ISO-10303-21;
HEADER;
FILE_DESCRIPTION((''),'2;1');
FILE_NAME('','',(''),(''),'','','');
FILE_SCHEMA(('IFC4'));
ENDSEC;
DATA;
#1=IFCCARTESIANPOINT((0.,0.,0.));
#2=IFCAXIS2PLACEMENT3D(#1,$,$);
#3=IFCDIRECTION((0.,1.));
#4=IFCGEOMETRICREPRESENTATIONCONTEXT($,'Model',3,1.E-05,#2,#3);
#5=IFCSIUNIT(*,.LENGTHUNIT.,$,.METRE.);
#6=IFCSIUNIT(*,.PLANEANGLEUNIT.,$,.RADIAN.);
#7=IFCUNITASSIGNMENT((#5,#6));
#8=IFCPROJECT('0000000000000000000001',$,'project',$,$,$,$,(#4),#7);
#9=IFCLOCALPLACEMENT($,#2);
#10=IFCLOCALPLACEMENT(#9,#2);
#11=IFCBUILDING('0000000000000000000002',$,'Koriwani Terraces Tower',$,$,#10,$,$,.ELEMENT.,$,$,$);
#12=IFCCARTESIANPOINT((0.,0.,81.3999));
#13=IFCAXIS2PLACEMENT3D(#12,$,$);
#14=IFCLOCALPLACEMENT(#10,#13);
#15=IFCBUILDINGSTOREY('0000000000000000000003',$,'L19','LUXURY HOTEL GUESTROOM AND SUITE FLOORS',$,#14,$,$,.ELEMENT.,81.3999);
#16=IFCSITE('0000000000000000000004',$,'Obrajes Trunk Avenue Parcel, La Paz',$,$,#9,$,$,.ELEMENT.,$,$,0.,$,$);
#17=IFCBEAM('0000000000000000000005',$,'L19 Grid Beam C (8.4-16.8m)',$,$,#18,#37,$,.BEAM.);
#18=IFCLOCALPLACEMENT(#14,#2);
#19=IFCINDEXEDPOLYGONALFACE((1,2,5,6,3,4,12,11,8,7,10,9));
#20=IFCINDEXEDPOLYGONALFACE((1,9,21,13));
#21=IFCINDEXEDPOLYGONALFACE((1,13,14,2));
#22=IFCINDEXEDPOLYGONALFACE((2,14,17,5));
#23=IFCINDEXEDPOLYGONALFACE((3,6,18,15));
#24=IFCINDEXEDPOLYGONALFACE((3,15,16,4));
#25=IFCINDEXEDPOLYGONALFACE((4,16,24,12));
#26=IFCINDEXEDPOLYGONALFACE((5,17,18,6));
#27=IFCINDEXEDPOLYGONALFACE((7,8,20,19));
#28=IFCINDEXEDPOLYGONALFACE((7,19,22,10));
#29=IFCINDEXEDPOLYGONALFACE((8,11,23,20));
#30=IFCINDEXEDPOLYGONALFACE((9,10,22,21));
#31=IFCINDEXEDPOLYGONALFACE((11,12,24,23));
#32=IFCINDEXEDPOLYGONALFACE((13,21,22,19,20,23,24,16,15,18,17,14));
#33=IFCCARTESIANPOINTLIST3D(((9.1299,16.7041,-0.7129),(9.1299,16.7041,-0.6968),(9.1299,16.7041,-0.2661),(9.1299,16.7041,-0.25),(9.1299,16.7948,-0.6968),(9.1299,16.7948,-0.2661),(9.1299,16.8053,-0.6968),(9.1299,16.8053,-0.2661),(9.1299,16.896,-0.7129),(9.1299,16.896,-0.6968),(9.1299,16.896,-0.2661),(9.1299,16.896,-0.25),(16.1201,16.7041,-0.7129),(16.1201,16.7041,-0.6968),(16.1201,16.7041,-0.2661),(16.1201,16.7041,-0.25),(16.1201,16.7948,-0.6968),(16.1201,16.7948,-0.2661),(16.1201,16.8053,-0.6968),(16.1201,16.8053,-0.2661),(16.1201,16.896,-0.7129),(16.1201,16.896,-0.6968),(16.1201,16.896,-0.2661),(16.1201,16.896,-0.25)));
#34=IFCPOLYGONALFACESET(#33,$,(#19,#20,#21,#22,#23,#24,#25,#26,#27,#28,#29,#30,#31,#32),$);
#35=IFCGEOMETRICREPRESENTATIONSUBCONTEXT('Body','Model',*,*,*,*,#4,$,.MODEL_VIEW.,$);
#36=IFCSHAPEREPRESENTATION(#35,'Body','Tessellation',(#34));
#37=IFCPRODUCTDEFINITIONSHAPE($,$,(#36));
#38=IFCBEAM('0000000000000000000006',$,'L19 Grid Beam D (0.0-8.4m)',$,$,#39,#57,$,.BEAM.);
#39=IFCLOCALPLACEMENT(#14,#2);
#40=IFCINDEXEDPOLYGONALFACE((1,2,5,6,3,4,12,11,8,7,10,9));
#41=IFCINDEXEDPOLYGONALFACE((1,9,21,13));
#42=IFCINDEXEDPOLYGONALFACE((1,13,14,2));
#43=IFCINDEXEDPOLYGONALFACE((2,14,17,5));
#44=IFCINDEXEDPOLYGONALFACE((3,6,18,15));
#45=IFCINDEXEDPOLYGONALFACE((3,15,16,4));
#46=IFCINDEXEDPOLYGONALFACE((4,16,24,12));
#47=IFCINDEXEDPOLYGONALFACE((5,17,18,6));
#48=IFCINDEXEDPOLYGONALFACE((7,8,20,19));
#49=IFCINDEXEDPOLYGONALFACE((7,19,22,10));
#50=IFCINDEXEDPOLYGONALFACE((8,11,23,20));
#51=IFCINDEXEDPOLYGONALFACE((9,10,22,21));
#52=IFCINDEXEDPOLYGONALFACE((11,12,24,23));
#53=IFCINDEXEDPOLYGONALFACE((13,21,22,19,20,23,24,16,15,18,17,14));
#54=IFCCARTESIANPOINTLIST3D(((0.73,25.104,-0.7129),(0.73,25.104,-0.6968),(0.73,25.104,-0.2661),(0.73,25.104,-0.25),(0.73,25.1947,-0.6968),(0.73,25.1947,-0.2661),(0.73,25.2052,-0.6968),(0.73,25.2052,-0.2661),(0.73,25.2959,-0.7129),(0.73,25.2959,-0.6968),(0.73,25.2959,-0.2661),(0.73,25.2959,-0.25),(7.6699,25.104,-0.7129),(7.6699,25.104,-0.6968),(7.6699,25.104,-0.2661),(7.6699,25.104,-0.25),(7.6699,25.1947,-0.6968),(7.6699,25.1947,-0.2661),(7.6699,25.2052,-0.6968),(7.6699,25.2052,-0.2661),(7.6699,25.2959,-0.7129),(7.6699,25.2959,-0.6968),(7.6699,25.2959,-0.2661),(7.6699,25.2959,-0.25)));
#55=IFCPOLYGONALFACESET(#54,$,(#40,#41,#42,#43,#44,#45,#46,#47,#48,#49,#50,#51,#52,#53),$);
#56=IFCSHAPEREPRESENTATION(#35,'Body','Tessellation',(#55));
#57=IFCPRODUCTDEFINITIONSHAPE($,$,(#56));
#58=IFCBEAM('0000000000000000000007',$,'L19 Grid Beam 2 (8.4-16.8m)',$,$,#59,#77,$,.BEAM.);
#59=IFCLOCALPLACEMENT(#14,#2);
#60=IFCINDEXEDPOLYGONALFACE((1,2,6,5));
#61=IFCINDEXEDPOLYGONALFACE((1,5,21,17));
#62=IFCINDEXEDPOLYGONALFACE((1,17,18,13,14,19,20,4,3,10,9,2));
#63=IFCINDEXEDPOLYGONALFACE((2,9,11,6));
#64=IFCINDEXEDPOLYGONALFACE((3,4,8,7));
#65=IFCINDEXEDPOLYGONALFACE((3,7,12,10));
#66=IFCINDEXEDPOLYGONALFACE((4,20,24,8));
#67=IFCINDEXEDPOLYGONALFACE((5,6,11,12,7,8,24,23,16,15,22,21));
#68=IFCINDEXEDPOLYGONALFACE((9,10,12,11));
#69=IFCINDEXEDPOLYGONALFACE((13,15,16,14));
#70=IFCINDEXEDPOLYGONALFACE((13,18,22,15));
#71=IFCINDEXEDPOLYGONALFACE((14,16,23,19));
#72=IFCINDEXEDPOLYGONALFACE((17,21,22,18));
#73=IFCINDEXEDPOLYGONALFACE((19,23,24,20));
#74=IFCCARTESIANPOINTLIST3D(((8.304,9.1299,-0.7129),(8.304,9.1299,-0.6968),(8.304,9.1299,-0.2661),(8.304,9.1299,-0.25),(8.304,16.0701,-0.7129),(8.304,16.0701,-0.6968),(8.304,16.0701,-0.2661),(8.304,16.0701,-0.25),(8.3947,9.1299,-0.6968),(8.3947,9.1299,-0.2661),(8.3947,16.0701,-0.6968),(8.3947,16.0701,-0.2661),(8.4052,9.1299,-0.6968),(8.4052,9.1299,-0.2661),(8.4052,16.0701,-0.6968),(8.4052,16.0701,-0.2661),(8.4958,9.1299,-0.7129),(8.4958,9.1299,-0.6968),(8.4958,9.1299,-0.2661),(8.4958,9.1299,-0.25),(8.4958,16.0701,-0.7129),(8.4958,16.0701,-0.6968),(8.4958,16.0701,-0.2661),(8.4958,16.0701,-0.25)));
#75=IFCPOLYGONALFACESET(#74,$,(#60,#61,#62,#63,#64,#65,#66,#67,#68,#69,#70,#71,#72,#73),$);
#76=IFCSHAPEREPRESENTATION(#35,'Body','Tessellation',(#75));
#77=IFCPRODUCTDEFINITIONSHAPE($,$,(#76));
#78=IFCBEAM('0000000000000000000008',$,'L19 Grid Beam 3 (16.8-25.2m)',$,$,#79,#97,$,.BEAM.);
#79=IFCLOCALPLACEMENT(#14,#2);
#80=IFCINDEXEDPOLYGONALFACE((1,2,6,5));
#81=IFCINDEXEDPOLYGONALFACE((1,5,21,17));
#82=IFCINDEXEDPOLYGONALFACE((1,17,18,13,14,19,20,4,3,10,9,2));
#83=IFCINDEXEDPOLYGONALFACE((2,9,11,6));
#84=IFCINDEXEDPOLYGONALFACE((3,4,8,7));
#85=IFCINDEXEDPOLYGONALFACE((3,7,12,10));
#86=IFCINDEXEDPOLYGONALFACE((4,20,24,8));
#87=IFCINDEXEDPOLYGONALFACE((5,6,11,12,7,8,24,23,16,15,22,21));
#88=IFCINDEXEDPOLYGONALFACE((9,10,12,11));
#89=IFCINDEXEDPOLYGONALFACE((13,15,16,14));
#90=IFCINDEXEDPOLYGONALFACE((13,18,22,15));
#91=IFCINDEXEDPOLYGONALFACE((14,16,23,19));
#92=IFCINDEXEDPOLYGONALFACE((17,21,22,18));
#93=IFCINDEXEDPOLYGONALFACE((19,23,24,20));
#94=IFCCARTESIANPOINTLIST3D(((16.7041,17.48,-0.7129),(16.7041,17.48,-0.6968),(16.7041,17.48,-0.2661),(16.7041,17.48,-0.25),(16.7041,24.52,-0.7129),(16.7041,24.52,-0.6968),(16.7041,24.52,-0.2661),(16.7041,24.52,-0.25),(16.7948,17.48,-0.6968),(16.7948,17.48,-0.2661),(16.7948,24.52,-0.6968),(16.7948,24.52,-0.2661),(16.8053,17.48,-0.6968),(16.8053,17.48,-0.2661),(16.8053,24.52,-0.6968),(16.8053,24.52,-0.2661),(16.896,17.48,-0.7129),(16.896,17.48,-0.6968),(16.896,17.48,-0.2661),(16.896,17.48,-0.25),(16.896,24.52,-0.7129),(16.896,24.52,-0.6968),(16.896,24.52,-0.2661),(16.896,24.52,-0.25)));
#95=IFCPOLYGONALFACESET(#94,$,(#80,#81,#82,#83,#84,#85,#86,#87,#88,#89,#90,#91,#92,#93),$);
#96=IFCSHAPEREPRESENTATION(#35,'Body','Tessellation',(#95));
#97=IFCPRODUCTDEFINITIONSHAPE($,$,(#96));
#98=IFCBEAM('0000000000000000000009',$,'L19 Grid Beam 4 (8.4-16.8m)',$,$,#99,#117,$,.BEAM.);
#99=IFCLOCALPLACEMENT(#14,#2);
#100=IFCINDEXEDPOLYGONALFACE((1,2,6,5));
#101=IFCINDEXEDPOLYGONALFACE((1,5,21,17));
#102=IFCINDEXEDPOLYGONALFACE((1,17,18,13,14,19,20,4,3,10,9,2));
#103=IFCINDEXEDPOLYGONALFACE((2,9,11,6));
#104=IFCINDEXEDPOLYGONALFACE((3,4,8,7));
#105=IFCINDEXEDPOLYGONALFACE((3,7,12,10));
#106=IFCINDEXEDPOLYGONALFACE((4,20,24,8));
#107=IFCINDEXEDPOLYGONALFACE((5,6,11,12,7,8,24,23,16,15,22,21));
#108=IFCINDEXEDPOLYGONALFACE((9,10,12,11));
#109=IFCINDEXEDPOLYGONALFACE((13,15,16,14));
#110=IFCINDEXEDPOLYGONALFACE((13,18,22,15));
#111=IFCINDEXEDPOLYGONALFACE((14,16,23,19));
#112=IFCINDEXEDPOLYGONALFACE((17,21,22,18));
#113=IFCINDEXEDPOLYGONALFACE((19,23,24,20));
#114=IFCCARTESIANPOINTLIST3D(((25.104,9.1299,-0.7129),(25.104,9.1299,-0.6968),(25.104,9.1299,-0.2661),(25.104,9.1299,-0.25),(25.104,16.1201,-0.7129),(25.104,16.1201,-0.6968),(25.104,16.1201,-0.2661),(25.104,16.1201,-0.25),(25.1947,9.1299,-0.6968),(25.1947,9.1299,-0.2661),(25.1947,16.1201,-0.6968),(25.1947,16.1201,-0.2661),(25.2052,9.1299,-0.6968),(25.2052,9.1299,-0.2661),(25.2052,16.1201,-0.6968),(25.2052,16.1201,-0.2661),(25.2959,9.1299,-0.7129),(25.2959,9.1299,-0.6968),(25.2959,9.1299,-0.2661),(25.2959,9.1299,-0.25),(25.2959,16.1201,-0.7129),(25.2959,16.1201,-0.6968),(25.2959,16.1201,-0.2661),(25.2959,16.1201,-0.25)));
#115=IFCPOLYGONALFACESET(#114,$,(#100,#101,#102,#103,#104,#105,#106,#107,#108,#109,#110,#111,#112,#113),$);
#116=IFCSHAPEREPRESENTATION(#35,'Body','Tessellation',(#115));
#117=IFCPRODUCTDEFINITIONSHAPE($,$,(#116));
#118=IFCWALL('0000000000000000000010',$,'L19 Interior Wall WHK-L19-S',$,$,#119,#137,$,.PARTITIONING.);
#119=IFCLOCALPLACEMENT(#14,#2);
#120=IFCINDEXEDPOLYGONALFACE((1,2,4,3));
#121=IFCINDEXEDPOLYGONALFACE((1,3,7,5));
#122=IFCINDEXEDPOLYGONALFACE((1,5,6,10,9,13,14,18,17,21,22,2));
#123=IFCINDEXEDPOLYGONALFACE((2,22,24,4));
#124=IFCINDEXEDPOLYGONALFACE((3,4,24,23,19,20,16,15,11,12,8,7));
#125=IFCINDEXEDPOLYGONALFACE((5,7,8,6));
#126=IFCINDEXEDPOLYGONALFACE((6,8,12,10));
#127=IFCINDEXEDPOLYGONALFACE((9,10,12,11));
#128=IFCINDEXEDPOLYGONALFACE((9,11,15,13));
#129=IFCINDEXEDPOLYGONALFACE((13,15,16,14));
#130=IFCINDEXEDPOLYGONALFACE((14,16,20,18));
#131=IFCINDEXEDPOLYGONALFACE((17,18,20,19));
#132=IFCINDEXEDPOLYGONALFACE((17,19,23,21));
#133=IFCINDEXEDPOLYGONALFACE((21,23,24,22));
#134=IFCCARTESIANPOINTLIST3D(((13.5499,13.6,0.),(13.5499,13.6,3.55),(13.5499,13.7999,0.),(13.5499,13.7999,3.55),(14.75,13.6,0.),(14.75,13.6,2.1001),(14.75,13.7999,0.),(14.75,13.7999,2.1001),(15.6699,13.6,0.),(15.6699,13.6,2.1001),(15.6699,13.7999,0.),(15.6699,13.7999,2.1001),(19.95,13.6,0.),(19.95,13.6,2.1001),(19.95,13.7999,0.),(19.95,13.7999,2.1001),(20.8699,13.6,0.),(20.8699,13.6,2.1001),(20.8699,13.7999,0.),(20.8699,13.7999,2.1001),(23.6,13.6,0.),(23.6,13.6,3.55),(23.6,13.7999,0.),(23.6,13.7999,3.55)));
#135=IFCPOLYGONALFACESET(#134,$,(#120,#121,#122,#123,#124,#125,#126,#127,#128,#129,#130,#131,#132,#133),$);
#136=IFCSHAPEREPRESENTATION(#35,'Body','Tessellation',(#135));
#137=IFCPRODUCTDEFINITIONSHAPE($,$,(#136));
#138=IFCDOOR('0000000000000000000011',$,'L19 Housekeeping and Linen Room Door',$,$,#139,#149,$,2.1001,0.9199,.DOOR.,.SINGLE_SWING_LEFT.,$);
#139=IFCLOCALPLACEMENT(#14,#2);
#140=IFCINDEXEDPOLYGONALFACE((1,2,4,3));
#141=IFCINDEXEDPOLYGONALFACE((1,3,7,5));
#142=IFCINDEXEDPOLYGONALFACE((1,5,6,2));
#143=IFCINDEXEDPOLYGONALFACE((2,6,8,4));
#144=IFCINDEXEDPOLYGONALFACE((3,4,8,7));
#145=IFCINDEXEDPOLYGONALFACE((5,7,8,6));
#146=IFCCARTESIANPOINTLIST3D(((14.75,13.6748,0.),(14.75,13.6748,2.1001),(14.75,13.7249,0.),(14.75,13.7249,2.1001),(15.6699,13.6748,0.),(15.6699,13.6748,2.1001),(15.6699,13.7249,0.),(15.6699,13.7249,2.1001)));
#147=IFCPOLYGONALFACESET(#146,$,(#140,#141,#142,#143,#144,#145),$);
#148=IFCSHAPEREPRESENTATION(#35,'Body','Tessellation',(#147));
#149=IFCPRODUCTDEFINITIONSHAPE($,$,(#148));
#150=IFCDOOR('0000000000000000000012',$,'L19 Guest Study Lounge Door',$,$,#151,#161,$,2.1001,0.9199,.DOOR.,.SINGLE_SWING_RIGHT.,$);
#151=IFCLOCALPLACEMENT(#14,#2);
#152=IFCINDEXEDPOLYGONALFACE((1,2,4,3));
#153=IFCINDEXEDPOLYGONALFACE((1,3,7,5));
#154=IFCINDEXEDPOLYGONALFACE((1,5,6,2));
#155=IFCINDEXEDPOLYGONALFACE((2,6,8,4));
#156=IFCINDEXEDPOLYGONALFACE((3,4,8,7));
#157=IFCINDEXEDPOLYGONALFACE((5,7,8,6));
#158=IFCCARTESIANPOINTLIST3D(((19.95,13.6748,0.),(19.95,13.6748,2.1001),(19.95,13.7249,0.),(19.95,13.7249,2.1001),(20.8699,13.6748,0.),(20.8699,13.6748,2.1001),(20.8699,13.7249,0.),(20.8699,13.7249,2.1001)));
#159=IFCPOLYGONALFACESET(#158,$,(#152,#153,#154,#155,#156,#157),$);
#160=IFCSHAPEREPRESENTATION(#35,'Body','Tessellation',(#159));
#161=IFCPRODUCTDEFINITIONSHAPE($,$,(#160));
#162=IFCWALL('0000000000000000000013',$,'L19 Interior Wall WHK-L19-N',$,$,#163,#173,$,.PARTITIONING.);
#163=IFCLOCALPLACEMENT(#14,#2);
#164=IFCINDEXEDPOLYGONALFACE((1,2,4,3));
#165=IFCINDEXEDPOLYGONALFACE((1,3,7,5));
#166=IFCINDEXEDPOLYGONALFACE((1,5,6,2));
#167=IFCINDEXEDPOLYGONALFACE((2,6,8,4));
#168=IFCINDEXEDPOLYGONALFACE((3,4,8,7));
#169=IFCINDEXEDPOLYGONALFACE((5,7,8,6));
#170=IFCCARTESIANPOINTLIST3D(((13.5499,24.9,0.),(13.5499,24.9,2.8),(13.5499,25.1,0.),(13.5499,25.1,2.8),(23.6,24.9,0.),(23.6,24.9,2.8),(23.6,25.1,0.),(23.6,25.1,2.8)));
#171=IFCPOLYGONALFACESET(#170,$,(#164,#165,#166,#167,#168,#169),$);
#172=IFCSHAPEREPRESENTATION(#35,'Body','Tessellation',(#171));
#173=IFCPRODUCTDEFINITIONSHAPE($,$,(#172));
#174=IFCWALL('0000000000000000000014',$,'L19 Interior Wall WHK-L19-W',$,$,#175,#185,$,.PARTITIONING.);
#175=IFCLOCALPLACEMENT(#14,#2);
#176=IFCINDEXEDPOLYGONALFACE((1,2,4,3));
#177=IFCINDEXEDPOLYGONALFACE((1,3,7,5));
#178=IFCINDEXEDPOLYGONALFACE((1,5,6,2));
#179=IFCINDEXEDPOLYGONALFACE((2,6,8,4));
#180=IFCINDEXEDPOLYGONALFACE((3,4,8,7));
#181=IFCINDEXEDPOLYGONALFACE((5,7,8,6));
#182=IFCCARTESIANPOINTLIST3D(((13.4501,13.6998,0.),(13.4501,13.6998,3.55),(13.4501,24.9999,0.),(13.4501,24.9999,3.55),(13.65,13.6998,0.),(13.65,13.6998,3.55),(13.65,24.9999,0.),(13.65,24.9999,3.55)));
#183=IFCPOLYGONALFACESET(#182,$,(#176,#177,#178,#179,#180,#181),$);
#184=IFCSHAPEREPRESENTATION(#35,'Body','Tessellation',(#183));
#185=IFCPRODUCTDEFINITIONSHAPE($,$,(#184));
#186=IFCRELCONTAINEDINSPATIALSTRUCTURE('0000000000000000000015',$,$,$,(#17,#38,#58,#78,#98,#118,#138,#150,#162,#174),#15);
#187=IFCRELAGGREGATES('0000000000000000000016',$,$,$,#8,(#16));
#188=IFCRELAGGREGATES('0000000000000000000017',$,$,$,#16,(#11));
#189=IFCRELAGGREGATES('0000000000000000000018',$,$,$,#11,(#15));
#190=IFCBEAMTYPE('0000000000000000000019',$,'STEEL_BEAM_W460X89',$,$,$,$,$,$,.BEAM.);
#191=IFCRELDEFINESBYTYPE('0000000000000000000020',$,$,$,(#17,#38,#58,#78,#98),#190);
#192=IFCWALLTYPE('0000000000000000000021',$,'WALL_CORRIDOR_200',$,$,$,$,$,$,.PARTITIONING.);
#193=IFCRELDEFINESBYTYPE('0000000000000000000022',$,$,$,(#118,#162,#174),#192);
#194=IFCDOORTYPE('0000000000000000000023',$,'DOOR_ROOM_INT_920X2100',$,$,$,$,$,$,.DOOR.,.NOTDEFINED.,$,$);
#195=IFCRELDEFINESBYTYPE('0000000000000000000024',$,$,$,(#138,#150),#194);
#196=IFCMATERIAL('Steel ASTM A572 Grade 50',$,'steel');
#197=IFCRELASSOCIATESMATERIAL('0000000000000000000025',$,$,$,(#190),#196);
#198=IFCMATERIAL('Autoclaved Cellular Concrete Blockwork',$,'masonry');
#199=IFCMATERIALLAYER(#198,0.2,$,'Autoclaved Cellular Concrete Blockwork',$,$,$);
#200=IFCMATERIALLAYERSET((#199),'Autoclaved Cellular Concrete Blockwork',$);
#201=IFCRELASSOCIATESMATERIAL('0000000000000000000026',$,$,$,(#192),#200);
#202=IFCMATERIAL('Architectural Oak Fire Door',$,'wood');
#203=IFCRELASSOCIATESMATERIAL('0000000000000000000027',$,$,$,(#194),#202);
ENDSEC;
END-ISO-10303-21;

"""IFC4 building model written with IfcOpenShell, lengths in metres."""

from ifc_helpers import new_model, si_unit, direction, frame, frame_2d, origin, origin_2d, place, context, subcontext, project, spatial, rectangle, i_section, extrude, material, layer, layer_set, material_profile, profile_set, type_object, element, fill, save


model = new_model("IFC4")

# Units and contexts
model_context = context("Model", 3, precision=1e-05, world=origin(), true_north=direction((0.0, 1.0)))
body_context = subcontext(model_context, "Body", "Model", "MODEL_VIEW")
ifc_project = project(units=[si_unit("LENGTHUNIT", "METRE"), si_unit("PLANEANGLEUNIT", "RADIAN")], contexts=[model_context])

# Site, building, storey
site_placement = place(None, origin())
site = spatial("IfcSite", under=ifc_project, at=site_placement, Name="Obrajes Trunk Avenue Parcel, La Paz", CompositionType="ELEMENT", RefElevation=0.0)
building_placement = place(site_placement, origin())
building = spatial("IfcBuilding", under=site, at=building_placement, Name="Koriwani Terraces Tower", CompositionType="ELEMENT")
storey_placement = place(building_placement, frame((0.0, 0.0, 81.3999)))
storey = spatial("IfcBuildingStorey", under=building, at=storey_placement, Name="L19", Description="LUXURY HOTEL GUESTROOM AND SUITE FLOORS", CompositionType="ELEMENT", Elevation=81.3999)

# Beams
ifc_material_1 = material(Name="Steel ASTM A572 Grade 50", Category="steel")
ifc_material_profile_1 = material_profile(ifc_material_1, i_section(OverallWidth=0.1919, OverallDepth=0.4629, WebThickness=0.0105, FlangeThickness=0.0161, at=origin_2d()), Name="Steel ASTM A572 Grade 50", Category="LoadBearing")
ifc_profile_set_1 = profile_set([ifc_material_profile_1], Name="Steel ASTM A572 Grade 50")
beam_type_1 = type_object("IfcBeamType", Name="STEEL_BEAM_W460X89", PredefinedType="BEAM", material=ifc_profile_set_1)
beam_1_placement = place(storey_placement, frame((9.1299, 16.8, -0.4814), z_axis=(1.0, 0.0, 0.0), x_axis=(0.0, 1.0, 0.0)))
element("IfcBeam", 1, at=beam_1_placement, inside=storey, type_object=beam_type_1, Name="L19 Grid Beam C (8.4-16.8m)", PredefinedType="BEAM", context=body_context, shape_type="SweptSolid", body=[
    extrude(i_section(OverallWidth=0.1919, OverallDepth=0.4629, WebThickness=0.0105, FlangeThickness=0.0161, at=origin_2d()), origin(), (0.0, 0.0, 1.0), 6.9902),
])
beam_2_placement = place(storey_placement, frame((0.73, 25.2, -0.4814), z_axis=(1.0, 0.0, 0.0), x_axis=(0.0, 1.0, 0.0)))
element("IfcBeam", 2, at=beam_2_placement, inside=storey, type_object=beam_type_1, Name="L19 Grid Beam D (0.0-8.4m)", PredefinedType="BEAM", context=body_context, shape_type="SweptSolid", body=[
    extrude(i_section(OverallWidth=0.1919, OverallDepth=0.4629, WebThickness=0.0105, FlangeThickness=0.0161, at=origin_2d()), origin(), (0.0, 0.0, 1.0), 6.9399),
])
beam_3_placement = place(storey_placement, frame((8.3999, 9.1299, -0.4814), z_axis=(0.0, 1.0, 0.0), x_axis=(-1.0, 0.0, 0.0)))
element("IfcBeam", 3, at=beam_3_placement, inside=storey, type_object=beam_type_1, Name="L19 Grid Beam 2 (8.4-16.8m)", PredefinedType="BEAM", context=body_context, shape_type="SweptSolid", body=[
    extrude(i_section(OverallWidth=0.1919, OverallDepth=0.4629, WebThickness=0.0105, FlangeThickness=0.0161, at=origin_2d()), origin(), (0.0, 0.0, 1.0), 6.9402),
])
beam_4_placement = place(storey_placement, frame((16.8, 17.48, -0.4814), z_axis=(0.0, 1.0, 0.0), x_axis=(-1.0, 0.0, 0.0)))
element("IfcBeam", 4, at=beam_4_placement, inside=storey, type_object=beam_type_1, Name="L19 Grid Beam 3 (16.8-25.2m)", PredefinedType="BEAM", context=body_context, shape_type="SweptSolid", body=[
    extrude(i_section(OverallWidth=0.1919, OverallDepth=0.4629, WebThickness=0.0105, FlangeThickness=0.0161, at=origin_2d()), origin(), (0.0, 0.0, 1.0), 7.04),
])
beam_5_placement = place(storey_placement, frame((25.2, 9.1299, -0.4814), z_axis=(0.0, 1.0, 0.0), x_axis=(-1.0, 0.0, 0.0)))
element("IfcBeam", 5, at=beam_5_placement, inside=storey, type_object=beam_type_1, Name="L19 Grid Beam 4 (8.4-16.8m)", PredefinedType="BEAM", context=body_context, shape_type="SweptSolid", body=[
    extrude(i_section(OverallWidth=0.1919, OverallDepth=0.4629, WebThickness=0.0105, FlangeThickness=0.0161, at=origin_2d()), origin(), (0.0, 0.0, 1.0), 6.9902),
])

# Wall, openings, doors
ifc_material_2 = material(Name="Autoclaved Cellular Concrete Blockwork", Category="masonry")
ifc_layer_1 = layer(ifc_material_2, 0.2, Name="Autoclaved Cellular Concrete Blockwork")
ifc_layer_set_1 = layer_set([ifc_layer_1], Name="Autoclaved Cellular Concrete Blockwork")
wall_type_1 = type_object("IfcWallType", Name="WALL_CORRIDOR_200", PredefinedType="PARTITIONING", material=ifc_layer_set_1)
wall_1_placement = place(storey_placement, frame((13.55, 13.7, 0.0), z_axis=(0.0, 0.0, 1.0), x_axis=(1.0, 0.0, 0.0)))
wall_1 = element("IfcWall", 6, at=wall_1_placement, inside=storey, type_object=wall_type_1, Name="L19 Interior Wall WHK-L19-S", PredefinedType="PARTITIONING", context=body_context, shape_type="SweptSolid", body=[
    extrude(rectangle(XDim=10.05, YDim=0.2, at=frame_2d((5.0249, 0.0))), origin(), (0.0, 0.0, 1.0), 3.55),
])
opening_1_placement = place(wall_1_placement, frame((1.2, 0.0, 0.0)))
opening_1 = element("IfcOpeningElement", 7, at=opening_1_placement, cuts=wall_1, PredefinedType="OPENING", context=body_context, shape_type="SweptSolid", body=[
    extrude(rectangle(XDim=0.9199, YDim=2.1001, at=frame_2d((0.46, 1.05))), frame((0.0, 0.1099, 0.0), z_axis=(0.0, -1.0, 0.0), x_axis=(1.0, 0.0, 0.0)), (0.0, 0.0, 1.0), 0.22),
])
opening_2_placement = place(wall_1_placement, frame((6.3999, 0.0, 0.0)))
opening_2 = element("IfcOpeningElement", 8, at=opening_2_placement, cuts=wall_1, PredefinedType="OPENING", context=body_context, shape_type="SweptSolid", body=[
    extrude(rectangle(XDim=0.9199, YDim=2.1001, at=frame_2d((0.46, 1.05))), frame((0.0, 0.1099, 0.0), z_axis=(0.0, -1.0, 0.0), x_axis=(1.0, 0.0, 0.0)), (0.0, 0.0, 1.0), 0.22),
])
ifc_material_3 = material(Name="Architectural Oak Fire Door", Category="wood")
door_type_1 = type_object("IfcDoorType", Name="DOOR_ROOM_INT_920X2100", OperationType="NOTDEFINED", PredefinedType="DOOR", material=ifc_material_3)
door_1_placement = place(opening_1_placement, origin())
door_1 = element("IfcDoor", 9, at=door_1_placement, inside=storey, type_object=door_type_1, Name="L19 Housekeeping and Linen Room Door", OperationType="SINGLE_SWING_LEFT", OverallHeight=2.1001, OverallWidth=0.9199, PredefinedType="DOOR", context=body_context, shape_type="SweptSolid", body=[
    extrude(rectangle(XDim=0.9199, YDim=2.1001, at=frame_2d((0.46, 1.05))), frame((0.0, 0.0249, 0.0), z_axis=(0.0, -1.0, 0.0), x_axis=(1.0, 0.0, 0.0)), (0.0, 0.0, 1.0), 0.05),
])
fill(opening_1, door_1)
door_2_placement = place(opening_2_placement, origin())
door_2 = element("IfcDoor", 10, at=door_2_placement, inside=storey, type_object=door_type_1, Name="L19 Guest Study Lounge Door", OperationType="SINGLE_SWING_RIGHT", OverallHeight=2.1001, OverallWidth=0.9199, PredefinedType="DOOR", context=body_context, shape_type="SweptSolid", body=[
    extrude(rectangle(XDim=0.9199, YDim=2.1001, at=frame_2d((0.46, 1.05))), frame((0.0, 0.0249, 0.0), z_axis=(0.0, -1.0, 0.0), x_axis=(1.0, 0.0, 0.0)), (0.0, 0.0, 1.0), 0.05),
])
fill(opening_2, door_2)

# Walls
wall_2_placement = place(storey_placement, frame((13.55, 25.0, 0.0), z_axis=(0.0, 0.0, 1.0), x_axis=(1.0, 0.0, 0.0)))
element("IfcWall", 11, at=wall_2_placement, inside=storey, type_object=wall_type_1, Name="L19 Interior Wall WHK-L19-N", PredefinedType="PARTITIONING", context=body_context, shape_type="SweptSolid", body=[
    extrude(rectangle(XDim=10.05, YDim=0.2, at=frame_2d((5.0249, 0.0))), origin(), (0.0, 0.0, 1.0), 2.8),
])
for number, where, z_axis, x_axis, name in (
    (12, (13.55, 13.7, 0.0), (0.0, 0.0, 1.0), (0.0, 1.0, 0.0), "L19 Interior Wall WHK-L19-W"),
):
    element("IfcWall", number, at=place(storey_placement, frame(where, z_axis=z_axis, x_axis=x_axis)), inside=storey, type_object=wall_type_1, Name=name, PredefinedType="PARTITIONING", context=body_context, shape_type="SweptSolid", body=[
        extrude(rectangle(XDim=11.3, YDim=0.2, at=frame_2d((5.6499, 0.0))), origin(), (0.0, 0.0, 1.0), 3.55),
    ])

save(model, "model.ifc")
